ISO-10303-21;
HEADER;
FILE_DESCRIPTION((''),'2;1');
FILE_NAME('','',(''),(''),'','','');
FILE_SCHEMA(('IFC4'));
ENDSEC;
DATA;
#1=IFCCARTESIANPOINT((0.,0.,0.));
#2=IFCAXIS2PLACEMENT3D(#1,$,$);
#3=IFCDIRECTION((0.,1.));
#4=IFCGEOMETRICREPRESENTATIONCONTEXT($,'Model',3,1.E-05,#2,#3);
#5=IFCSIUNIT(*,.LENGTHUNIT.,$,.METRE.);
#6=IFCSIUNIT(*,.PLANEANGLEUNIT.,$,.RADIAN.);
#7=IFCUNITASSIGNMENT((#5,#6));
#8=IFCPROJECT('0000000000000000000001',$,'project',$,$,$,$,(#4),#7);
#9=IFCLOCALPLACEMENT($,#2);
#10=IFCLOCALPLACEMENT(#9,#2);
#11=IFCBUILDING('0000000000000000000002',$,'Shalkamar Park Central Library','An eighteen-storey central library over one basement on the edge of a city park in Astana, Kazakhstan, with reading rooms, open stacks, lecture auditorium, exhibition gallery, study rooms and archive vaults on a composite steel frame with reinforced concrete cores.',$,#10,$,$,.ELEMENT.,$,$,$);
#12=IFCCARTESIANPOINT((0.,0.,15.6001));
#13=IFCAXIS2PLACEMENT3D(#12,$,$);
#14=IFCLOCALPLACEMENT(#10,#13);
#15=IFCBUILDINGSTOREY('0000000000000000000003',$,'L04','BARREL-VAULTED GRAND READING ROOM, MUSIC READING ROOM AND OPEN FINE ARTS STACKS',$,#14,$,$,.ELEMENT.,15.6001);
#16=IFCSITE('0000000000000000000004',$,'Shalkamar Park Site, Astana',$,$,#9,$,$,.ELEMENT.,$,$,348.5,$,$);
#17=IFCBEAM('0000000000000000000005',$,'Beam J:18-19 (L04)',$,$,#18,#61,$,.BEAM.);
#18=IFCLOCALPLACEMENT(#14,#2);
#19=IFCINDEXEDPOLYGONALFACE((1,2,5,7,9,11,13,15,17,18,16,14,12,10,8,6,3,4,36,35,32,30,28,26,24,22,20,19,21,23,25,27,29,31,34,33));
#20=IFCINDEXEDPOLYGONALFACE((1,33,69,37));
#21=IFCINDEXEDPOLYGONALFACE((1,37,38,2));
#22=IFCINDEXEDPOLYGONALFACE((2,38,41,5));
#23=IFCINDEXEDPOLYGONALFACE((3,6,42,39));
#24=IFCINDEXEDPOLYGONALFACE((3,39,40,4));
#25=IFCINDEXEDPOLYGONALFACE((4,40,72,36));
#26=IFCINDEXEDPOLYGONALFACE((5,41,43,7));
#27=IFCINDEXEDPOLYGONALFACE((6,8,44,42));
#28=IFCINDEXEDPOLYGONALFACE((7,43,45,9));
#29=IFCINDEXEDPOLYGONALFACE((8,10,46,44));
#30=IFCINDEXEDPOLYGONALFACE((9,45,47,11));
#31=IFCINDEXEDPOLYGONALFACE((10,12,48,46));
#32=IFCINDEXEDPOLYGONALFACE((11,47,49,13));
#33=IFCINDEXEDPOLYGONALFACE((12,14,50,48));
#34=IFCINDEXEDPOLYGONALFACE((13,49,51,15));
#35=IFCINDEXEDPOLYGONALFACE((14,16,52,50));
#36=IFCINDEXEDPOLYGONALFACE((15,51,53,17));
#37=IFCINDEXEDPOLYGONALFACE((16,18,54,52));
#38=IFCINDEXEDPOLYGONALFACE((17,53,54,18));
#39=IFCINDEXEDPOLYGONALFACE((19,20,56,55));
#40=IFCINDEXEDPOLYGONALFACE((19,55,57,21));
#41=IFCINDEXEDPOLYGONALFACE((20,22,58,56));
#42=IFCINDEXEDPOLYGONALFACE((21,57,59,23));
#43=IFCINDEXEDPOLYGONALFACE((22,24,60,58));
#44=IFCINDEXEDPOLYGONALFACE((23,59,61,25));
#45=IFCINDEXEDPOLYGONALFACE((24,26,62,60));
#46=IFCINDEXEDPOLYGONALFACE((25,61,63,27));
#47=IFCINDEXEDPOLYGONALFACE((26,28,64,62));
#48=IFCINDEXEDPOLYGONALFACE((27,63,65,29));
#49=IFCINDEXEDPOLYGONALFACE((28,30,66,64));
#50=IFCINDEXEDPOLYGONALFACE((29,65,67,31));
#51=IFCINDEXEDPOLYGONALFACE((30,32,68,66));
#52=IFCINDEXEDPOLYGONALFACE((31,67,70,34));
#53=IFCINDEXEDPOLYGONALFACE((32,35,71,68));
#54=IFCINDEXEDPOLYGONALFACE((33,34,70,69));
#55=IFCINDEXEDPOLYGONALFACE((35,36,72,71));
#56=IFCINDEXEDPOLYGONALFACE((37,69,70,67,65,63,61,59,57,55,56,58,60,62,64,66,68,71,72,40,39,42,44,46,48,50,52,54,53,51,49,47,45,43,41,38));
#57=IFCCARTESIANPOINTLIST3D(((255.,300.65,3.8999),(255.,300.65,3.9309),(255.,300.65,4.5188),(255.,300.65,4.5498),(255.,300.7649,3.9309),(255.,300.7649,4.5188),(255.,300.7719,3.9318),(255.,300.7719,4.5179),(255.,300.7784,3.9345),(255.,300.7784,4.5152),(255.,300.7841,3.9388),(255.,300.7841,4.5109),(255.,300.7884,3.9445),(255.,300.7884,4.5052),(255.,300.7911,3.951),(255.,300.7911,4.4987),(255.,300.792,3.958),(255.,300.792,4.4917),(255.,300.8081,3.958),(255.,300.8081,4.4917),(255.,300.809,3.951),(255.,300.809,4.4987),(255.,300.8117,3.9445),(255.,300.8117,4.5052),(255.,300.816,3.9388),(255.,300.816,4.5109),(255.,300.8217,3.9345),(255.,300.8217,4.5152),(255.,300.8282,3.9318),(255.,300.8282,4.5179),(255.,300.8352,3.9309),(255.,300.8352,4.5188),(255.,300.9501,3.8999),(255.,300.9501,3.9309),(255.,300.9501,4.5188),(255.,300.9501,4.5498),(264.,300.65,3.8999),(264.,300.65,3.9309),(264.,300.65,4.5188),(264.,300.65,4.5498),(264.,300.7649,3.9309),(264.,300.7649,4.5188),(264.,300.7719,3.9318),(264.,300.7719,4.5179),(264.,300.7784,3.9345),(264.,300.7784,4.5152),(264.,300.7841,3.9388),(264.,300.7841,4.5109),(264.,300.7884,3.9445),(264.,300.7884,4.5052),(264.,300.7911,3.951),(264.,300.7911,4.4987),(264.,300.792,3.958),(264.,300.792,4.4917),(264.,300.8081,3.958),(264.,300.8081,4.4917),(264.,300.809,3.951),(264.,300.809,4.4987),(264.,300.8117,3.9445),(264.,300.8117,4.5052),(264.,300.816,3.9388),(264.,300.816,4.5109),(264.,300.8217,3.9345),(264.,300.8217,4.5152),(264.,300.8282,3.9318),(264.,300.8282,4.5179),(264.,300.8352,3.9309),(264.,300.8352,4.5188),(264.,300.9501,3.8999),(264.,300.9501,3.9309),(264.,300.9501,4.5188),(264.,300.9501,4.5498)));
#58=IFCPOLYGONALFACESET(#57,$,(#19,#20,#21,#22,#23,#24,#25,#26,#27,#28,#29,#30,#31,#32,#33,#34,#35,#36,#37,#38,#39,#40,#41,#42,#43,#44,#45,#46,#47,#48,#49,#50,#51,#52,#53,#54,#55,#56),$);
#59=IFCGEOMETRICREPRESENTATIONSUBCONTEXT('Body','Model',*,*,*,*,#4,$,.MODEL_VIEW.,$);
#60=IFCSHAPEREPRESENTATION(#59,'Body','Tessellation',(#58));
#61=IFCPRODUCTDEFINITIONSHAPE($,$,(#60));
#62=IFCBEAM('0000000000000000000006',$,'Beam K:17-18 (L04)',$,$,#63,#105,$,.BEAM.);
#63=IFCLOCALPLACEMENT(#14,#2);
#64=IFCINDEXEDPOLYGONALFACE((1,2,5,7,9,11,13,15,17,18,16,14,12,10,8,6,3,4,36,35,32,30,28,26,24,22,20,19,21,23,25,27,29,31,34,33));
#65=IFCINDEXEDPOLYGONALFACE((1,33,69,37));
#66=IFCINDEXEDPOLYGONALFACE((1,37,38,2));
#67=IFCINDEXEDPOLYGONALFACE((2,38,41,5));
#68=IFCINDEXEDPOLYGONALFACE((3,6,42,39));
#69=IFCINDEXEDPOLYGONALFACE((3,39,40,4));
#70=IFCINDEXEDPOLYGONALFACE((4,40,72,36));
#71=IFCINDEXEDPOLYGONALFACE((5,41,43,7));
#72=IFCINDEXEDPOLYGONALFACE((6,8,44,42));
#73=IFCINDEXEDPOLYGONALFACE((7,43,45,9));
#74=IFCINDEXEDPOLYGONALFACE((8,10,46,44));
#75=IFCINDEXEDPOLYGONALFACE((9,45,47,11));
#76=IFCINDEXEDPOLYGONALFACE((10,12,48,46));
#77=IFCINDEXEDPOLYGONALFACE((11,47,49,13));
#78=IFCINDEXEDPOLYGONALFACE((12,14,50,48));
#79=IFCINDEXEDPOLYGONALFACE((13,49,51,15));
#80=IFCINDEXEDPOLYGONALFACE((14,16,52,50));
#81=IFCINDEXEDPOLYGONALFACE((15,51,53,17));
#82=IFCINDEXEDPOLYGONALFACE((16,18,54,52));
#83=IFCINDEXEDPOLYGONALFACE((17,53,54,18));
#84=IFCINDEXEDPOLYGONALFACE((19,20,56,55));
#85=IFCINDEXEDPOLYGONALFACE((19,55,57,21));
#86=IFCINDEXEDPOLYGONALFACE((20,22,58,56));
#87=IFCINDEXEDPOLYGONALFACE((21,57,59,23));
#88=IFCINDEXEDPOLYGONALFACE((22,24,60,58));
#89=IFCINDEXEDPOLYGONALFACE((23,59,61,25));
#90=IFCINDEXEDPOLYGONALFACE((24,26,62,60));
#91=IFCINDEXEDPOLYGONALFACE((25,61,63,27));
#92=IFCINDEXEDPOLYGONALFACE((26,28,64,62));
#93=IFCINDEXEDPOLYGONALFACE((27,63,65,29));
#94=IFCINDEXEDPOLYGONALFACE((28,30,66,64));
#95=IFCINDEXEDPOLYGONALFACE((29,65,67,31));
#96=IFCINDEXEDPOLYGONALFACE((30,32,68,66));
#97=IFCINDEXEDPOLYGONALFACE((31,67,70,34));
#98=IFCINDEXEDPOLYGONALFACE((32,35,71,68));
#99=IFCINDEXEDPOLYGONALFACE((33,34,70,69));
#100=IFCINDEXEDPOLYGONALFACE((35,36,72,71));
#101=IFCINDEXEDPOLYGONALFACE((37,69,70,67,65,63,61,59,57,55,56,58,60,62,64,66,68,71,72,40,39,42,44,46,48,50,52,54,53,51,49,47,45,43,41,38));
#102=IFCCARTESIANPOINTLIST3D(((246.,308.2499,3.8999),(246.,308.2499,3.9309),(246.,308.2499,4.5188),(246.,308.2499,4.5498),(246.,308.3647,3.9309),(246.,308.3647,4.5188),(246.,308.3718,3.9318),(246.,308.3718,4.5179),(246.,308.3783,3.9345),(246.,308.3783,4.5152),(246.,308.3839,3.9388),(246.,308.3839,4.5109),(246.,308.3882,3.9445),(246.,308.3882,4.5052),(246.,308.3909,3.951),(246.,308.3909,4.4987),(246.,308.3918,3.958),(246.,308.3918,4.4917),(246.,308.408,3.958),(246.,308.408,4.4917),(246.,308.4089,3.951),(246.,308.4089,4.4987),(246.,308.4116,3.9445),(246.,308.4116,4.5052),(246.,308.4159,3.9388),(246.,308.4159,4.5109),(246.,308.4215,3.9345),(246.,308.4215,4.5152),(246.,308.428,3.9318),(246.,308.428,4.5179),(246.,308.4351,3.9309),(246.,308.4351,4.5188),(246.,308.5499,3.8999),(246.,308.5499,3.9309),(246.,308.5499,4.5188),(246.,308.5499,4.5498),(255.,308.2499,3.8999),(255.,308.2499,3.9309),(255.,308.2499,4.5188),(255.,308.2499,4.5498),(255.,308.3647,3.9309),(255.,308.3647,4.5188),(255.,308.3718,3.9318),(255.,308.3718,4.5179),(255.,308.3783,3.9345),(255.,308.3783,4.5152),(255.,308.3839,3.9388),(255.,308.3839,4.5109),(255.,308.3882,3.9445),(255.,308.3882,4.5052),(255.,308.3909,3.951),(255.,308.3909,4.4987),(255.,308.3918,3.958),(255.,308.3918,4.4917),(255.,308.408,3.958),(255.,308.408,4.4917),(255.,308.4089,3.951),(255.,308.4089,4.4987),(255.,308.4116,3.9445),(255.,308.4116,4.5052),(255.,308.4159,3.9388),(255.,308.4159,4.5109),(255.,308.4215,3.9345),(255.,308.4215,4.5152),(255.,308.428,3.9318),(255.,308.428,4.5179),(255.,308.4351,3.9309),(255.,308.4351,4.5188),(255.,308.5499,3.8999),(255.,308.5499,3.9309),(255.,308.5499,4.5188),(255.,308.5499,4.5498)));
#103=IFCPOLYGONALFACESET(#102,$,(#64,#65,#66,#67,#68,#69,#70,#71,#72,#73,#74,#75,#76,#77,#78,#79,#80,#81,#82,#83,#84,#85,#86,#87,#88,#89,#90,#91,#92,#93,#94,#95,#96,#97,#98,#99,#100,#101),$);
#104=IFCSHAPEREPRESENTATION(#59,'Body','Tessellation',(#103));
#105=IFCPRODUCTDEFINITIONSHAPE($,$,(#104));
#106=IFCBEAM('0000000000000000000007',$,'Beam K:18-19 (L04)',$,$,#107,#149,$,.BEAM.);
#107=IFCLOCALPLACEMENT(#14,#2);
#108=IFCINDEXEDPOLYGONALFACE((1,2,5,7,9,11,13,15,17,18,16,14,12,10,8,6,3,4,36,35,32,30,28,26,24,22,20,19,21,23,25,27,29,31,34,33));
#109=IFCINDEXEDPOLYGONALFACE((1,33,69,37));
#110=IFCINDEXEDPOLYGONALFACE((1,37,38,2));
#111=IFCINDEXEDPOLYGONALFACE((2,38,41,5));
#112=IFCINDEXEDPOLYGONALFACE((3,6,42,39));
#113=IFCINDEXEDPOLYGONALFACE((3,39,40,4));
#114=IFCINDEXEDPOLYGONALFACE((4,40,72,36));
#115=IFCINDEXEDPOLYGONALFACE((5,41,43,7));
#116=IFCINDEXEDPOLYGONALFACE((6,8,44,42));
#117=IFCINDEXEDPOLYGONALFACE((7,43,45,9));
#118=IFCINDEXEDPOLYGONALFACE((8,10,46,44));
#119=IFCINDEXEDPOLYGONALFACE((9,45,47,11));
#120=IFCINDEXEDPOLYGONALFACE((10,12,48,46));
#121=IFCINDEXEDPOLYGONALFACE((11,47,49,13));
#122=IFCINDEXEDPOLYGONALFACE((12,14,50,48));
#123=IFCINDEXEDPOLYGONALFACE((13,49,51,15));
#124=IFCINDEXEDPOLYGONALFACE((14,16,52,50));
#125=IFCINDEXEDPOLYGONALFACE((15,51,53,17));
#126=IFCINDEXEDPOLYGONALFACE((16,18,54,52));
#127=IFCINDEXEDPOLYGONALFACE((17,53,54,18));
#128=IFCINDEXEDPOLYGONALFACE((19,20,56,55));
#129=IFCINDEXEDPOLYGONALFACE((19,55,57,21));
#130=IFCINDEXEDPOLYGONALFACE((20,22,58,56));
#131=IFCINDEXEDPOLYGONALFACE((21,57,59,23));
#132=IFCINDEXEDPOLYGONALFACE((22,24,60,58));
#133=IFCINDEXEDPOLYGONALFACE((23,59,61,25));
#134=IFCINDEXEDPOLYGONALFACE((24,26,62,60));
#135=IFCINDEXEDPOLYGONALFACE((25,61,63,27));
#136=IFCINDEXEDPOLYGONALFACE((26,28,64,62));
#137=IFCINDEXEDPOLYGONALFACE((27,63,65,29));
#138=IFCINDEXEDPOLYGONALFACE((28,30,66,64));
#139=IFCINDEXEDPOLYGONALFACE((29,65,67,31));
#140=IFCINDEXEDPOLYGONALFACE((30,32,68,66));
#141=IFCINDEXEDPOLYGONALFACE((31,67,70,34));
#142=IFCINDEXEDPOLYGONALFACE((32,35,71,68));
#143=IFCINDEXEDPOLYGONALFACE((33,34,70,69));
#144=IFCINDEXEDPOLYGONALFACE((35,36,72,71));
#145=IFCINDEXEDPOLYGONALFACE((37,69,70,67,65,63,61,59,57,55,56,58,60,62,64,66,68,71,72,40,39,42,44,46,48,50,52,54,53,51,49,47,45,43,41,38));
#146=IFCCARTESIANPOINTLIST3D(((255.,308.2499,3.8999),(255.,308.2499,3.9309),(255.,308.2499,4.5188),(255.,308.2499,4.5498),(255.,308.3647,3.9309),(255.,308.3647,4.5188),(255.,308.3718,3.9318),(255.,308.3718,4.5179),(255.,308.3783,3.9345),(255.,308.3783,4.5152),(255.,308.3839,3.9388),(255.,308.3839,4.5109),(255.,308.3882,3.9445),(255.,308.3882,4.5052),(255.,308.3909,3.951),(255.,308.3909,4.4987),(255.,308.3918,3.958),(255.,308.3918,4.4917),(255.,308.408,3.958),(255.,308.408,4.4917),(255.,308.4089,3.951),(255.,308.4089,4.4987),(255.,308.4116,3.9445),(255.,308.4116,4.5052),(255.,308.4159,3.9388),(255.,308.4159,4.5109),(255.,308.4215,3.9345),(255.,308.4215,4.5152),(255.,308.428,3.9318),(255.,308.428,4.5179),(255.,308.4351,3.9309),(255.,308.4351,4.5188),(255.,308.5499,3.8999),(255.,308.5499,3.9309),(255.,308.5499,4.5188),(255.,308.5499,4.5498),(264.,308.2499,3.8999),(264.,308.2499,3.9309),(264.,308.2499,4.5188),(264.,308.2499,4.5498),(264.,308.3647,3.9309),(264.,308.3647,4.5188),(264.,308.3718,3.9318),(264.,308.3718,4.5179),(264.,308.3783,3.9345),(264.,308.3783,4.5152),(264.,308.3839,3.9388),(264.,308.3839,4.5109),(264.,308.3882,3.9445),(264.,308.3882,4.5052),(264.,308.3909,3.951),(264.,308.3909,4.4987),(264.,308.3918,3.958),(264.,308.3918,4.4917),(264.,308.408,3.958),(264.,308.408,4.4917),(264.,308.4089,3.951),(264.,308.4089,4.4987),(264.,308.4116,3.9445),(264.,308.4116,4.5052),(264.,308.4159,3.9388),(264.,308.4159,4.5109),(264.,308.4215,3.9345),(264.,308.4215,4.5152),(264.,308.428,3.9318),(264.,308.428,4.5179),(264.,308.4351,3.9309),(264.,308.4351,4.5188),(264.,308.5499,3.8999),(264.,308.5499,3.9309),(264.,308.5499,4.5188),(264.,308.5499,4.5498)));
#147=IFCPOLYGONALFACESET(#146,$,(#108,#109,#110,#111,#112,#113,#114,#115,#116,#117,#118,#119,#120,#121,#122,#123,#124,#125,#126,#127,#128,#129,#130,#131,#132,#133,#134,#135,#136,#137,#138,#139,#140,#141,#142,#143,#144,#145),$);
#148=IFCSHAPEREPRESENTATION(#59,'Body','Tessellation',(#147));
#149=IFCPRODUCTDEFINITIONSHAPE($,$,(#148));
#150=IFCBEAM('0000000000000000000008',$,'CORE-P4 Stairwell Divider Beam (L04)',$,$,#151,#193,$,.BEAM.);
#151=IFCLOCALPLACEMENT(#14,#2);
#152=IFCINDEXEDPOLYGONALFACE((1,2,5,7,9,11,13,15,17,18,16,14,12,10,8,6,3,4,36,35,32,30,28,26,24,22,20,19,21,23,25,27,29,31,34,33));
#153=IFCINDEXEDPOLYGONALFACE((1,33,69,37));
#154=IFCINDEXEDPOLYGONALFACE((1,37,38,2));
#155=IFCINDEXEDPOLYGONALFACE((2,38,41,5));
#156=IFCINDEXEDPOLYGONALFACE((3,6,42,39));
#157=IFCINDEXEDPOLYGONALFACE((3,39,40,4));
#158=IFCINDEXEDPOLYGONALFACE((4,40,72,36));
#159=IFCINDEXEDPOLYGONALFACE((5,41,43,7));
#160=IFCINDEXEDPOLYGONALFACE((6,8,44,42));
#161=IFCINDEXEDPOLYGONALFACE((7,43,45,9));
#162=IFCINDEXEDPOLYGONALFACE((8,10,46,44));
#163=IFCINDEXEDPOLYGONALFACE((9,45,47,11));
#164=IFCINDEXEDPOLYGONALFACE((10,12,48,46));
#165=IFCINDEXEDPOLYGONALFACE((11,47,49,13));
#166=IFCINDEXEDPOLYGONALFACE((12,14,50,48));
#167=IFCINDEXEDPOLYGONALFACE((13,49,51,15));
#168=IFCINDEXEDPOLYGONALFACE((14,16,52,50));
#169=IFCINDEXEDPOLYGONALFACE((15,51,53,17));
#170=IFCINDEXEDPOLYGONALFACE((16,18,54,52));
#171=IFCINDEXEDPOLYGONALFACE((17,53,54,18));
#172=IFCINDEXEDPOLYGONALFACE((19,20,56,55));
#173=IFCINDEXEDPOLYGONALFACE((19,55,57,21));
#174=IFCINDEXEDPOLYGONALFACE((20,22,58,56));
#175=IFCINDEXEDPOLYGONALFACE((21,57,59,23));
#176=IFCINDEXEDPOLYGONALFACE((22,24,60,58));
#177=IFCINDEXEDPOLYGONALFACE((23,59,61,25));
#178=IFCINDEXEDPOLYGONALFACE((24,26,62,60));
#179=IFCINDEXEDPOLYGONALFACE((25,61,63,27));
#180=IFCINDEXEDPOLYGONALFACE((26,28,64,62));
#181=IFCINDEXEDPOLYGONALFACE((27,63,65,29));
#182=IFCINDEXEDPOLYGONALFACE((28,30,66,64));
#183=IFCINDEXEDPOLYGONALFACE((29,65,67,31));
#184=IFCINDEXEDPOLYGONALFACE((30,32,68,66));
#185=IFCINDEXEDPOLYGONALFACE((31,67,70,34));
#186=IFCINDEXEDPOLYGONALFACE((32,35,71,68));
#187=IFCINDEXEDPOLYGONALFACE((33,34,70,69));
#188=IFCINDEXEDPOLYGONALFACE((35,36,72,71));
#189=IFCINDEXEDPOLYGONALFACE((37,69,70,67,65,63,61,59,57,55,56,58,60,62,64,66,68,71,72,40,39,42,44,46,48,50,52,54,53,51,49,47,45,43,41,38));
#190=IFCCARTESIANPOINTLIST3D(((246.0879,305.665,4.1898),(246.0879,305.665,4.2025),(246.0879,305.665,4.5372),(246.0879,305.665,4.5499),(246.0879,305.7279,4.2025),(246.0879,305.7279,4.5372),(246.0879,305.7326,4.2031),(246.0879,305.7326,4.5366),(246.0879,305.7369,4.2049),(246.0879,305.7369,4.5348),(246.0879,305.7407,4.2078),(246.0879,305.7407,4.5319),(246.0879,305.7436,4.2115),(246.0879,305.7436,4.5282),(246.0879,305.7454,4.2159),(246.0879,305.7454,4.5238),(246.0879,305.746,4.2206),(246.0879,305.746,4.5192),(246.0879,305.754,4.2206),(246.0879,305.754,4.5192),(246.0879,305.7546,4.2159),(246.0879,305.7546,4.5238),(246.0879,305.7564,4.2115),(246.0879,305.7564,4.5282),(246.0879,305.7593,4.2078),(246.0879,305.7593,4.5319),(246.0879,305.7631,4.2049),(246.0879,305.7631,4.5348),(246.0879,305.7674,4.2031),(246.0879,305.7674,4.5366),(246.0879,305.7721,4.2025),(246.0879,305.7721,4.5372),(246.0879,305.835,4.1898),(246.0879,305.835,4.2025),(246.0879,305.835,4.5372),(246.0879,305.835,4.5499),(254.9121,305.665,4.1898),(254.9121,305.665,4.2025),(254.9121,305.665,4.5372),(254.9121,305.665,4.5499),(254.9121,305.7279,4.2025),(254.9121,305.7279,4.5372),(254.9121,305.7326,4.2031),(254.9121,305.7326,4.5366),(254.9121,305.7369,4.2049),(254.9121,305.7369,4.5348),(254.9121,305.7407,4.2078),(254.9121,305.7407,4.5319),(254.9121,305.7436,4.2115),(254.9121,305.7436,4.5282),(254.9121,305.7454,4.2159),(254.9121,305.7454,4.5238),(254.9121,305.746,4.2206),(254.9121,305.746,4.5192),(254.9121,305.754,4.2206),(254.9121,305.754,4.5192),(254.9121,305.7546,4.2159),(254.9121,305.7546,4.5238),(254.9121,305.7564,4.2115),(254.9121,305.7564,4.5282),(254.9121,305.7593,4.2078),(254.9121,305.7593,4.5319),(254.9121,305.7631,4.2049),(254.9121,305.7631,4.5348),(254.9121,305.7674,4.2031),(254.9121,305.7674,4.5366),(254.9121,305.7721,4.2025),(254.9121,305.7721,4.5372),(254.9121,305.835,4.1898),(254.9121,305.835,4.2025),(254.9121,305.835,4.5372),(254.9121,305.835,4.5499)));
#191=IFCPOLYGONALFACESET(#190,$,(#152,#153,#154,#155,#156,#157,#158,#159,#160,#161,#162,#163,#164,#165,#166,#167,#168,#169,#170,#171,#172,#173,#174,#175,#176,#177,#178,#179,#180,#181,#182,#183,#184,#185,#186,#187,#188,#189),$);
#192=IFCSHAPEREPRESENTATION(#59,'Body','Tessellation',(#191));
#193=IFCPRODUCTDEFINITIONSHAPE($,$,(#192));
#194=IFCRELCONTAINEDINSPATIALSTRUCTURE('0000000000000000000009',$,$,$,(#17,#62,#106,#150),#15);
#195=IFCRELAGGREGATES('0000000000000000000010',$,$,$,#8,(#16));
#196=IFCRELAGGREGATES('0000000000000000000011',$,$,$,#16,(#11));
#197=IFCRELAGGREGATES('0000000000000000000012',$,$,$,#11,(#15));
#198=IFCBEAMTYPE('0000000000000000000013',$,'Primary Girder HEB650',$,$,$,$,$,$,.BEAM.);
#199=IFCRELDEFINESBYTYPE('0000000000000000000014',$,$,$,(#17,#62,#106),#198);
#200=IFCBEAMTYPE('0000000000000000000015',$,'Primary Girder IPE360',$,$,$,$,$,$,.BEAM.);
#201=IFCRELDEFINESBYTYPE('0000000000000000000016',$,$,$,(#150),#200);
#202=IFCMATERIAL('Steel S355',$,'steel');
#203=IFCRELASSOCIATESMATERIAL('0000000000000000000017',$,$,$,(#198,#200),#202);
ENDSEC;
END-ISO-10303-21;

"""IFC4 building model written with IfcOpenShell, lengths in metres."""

from ifc_helpers import new_model, si_unit, direction, frame, origin, origin_2d, place, context, subcontext, project, spatial, i_section, extrude, material, material_profile, profile_set, type_object, element, save


model = new_model("IFC4")

# Units and contexts
model_context = context("Model", 3, precision=1e-05, world=origin(), true_north=direction((0.0, 1.0)))
body_context = subcontext(model_context, "Body", "Model", "MODEL_VIEW")
ifc_project = project(units=[si_unit("LENGTHUNIT", "METRE"), si_unit("PLANEANGLEUNIT", "RADIAN")], contexts=[model_context])

# Site, building, storey
site_placement = place(None, origin())
site = spatial("IfcSite", under=ifc_project, at=site_placement, Name="Shalkamar Park Site, Astana", CompositionType="ELEMENT", RefElevation=348.5)
building_placement = place(site_placement, origin())
building = spatial("IfcBuilding", under=site, at=building_placement, Name="Shalkamar Park Central Library", Description="An eighteen-storey central library over one basement on the edge of a city park in Astana, Kazakhstan, with reading rooms, open stacks, lecture auditorium, exhibition gallery, study rooms and archive vaults on a composite steel frame with reinforced concrete cores.", CompositionType="ELEMENT")
storey_placement = place(building_placement, frame((0.0, 0.0, 15.6001)))
storey = spatial("IfcBuildingStorey", under=building, at=storey_placement, Name="L04", Description="BARREL-VAULTED GRAND READING ROOM, MUSIC READING ROOM AND OPEN FINE ARTS STACKS", CompositionType="ELEMENT", Elevation=15.6001)

# Shared definitions
ifc_material_1 = material(Name="Steel S355", Category="steel")

# Beams
ifc_material_profile_1 = material_profile(ifc_material_1, i_section(OverallWidth=0.3, OverallDepth=0.6499, WebThickness=0.0161, FlangeThickness=0.031, FilletRadius=0.0271, at=origin_2d()), Name="HEB 650")
ifc_profile_set_1 = profile_set([ifc_material_profile_1], Name="Steel S355")
beam_type_1 = type_object("IfcBeamType", Name="Primary Girder HEB650", PredefinedType="BEAM", material=ifc_profile_set_1)
for number, where, z_axis, x_axis, name in (
    (1, (255.0, 300.8, 4.2249), (1.0, 0.0, 0.0), (0.0, 1.0, 0.0), "Beam J:18-19 (L04)"),
    (2, (246.0, 308.3999, 4.2249), (1.0, 0.0, 0.0), (0.0, 1.0, 0.0), "Beam K:17-18 (L04)"),
    (3, (255.0, 308.3999, 4.2249), (1.0, 0.0, 0.0), (0.0, 1.0, 0.0), "Beam K:18-19 (L04)"),
):
    element("IfcBeam", number, at=place(storey_placement, frame(where, z_axis=z_axis, x_axis=x_axis)), inside=storey, type_object=beam_type_1, Name=name, PredefinedType="BEAM", context=body_context, shape_type="SweptSolid", body=[
        extrude(i_section(OverallWidth=0.3, OverallDepth=0.6499, WebThickness=0.0161, FlangeThickness=0.031, FilletRadius=0.0271, at=origin_2d()), origin(), (0.0, 0.0, 1.0), 9.0),
    ])
ifc_material_profile_2 = material_profile(ifc_material_1, i_section(OverallWidth=0.1699, OverallDepth=0.3601, WebThickness=0.0081, FlangeThickness=0.0127, FilletRadius=0.0181, at=origin_2d()), Name="IPE 360")
ifc_profile_set_2 = profile_set([ifc_material_profile_2], Name="Steel S355")
beam_type_2 = type_object("IfcBeamType", Name="Primary Girder IPE360", PredefinedType="BEAM", material=ifc_profile_set_2)
beam_1_placement = place(storey_placement, frame((246.0879, 305.75, 4.3699), z_axis=(1.0, 0.0, 0.0), x_axis=(0.0, 1.0, 0.0)))
element("IfcBeam", 4, at=beam_1_placement, inside=storey, type_object=beam_type_2, Name="CORE-P4 Stairwell Divider Beam (L04)", PredefinedType="BEAM", context=body_context, shape_type="SweptSolid", body=[
    extrude(i_section(OverallWidth=0.1699, OverallDepth=0.3601, WebThickness=0.0081, FlangeThickness=0.0127, FilletRadius=0.0181, at=origin_2d()), origin(), (0.0, 0.0, 1.0), 8.8242),
])

save(model, "model.ifc")
